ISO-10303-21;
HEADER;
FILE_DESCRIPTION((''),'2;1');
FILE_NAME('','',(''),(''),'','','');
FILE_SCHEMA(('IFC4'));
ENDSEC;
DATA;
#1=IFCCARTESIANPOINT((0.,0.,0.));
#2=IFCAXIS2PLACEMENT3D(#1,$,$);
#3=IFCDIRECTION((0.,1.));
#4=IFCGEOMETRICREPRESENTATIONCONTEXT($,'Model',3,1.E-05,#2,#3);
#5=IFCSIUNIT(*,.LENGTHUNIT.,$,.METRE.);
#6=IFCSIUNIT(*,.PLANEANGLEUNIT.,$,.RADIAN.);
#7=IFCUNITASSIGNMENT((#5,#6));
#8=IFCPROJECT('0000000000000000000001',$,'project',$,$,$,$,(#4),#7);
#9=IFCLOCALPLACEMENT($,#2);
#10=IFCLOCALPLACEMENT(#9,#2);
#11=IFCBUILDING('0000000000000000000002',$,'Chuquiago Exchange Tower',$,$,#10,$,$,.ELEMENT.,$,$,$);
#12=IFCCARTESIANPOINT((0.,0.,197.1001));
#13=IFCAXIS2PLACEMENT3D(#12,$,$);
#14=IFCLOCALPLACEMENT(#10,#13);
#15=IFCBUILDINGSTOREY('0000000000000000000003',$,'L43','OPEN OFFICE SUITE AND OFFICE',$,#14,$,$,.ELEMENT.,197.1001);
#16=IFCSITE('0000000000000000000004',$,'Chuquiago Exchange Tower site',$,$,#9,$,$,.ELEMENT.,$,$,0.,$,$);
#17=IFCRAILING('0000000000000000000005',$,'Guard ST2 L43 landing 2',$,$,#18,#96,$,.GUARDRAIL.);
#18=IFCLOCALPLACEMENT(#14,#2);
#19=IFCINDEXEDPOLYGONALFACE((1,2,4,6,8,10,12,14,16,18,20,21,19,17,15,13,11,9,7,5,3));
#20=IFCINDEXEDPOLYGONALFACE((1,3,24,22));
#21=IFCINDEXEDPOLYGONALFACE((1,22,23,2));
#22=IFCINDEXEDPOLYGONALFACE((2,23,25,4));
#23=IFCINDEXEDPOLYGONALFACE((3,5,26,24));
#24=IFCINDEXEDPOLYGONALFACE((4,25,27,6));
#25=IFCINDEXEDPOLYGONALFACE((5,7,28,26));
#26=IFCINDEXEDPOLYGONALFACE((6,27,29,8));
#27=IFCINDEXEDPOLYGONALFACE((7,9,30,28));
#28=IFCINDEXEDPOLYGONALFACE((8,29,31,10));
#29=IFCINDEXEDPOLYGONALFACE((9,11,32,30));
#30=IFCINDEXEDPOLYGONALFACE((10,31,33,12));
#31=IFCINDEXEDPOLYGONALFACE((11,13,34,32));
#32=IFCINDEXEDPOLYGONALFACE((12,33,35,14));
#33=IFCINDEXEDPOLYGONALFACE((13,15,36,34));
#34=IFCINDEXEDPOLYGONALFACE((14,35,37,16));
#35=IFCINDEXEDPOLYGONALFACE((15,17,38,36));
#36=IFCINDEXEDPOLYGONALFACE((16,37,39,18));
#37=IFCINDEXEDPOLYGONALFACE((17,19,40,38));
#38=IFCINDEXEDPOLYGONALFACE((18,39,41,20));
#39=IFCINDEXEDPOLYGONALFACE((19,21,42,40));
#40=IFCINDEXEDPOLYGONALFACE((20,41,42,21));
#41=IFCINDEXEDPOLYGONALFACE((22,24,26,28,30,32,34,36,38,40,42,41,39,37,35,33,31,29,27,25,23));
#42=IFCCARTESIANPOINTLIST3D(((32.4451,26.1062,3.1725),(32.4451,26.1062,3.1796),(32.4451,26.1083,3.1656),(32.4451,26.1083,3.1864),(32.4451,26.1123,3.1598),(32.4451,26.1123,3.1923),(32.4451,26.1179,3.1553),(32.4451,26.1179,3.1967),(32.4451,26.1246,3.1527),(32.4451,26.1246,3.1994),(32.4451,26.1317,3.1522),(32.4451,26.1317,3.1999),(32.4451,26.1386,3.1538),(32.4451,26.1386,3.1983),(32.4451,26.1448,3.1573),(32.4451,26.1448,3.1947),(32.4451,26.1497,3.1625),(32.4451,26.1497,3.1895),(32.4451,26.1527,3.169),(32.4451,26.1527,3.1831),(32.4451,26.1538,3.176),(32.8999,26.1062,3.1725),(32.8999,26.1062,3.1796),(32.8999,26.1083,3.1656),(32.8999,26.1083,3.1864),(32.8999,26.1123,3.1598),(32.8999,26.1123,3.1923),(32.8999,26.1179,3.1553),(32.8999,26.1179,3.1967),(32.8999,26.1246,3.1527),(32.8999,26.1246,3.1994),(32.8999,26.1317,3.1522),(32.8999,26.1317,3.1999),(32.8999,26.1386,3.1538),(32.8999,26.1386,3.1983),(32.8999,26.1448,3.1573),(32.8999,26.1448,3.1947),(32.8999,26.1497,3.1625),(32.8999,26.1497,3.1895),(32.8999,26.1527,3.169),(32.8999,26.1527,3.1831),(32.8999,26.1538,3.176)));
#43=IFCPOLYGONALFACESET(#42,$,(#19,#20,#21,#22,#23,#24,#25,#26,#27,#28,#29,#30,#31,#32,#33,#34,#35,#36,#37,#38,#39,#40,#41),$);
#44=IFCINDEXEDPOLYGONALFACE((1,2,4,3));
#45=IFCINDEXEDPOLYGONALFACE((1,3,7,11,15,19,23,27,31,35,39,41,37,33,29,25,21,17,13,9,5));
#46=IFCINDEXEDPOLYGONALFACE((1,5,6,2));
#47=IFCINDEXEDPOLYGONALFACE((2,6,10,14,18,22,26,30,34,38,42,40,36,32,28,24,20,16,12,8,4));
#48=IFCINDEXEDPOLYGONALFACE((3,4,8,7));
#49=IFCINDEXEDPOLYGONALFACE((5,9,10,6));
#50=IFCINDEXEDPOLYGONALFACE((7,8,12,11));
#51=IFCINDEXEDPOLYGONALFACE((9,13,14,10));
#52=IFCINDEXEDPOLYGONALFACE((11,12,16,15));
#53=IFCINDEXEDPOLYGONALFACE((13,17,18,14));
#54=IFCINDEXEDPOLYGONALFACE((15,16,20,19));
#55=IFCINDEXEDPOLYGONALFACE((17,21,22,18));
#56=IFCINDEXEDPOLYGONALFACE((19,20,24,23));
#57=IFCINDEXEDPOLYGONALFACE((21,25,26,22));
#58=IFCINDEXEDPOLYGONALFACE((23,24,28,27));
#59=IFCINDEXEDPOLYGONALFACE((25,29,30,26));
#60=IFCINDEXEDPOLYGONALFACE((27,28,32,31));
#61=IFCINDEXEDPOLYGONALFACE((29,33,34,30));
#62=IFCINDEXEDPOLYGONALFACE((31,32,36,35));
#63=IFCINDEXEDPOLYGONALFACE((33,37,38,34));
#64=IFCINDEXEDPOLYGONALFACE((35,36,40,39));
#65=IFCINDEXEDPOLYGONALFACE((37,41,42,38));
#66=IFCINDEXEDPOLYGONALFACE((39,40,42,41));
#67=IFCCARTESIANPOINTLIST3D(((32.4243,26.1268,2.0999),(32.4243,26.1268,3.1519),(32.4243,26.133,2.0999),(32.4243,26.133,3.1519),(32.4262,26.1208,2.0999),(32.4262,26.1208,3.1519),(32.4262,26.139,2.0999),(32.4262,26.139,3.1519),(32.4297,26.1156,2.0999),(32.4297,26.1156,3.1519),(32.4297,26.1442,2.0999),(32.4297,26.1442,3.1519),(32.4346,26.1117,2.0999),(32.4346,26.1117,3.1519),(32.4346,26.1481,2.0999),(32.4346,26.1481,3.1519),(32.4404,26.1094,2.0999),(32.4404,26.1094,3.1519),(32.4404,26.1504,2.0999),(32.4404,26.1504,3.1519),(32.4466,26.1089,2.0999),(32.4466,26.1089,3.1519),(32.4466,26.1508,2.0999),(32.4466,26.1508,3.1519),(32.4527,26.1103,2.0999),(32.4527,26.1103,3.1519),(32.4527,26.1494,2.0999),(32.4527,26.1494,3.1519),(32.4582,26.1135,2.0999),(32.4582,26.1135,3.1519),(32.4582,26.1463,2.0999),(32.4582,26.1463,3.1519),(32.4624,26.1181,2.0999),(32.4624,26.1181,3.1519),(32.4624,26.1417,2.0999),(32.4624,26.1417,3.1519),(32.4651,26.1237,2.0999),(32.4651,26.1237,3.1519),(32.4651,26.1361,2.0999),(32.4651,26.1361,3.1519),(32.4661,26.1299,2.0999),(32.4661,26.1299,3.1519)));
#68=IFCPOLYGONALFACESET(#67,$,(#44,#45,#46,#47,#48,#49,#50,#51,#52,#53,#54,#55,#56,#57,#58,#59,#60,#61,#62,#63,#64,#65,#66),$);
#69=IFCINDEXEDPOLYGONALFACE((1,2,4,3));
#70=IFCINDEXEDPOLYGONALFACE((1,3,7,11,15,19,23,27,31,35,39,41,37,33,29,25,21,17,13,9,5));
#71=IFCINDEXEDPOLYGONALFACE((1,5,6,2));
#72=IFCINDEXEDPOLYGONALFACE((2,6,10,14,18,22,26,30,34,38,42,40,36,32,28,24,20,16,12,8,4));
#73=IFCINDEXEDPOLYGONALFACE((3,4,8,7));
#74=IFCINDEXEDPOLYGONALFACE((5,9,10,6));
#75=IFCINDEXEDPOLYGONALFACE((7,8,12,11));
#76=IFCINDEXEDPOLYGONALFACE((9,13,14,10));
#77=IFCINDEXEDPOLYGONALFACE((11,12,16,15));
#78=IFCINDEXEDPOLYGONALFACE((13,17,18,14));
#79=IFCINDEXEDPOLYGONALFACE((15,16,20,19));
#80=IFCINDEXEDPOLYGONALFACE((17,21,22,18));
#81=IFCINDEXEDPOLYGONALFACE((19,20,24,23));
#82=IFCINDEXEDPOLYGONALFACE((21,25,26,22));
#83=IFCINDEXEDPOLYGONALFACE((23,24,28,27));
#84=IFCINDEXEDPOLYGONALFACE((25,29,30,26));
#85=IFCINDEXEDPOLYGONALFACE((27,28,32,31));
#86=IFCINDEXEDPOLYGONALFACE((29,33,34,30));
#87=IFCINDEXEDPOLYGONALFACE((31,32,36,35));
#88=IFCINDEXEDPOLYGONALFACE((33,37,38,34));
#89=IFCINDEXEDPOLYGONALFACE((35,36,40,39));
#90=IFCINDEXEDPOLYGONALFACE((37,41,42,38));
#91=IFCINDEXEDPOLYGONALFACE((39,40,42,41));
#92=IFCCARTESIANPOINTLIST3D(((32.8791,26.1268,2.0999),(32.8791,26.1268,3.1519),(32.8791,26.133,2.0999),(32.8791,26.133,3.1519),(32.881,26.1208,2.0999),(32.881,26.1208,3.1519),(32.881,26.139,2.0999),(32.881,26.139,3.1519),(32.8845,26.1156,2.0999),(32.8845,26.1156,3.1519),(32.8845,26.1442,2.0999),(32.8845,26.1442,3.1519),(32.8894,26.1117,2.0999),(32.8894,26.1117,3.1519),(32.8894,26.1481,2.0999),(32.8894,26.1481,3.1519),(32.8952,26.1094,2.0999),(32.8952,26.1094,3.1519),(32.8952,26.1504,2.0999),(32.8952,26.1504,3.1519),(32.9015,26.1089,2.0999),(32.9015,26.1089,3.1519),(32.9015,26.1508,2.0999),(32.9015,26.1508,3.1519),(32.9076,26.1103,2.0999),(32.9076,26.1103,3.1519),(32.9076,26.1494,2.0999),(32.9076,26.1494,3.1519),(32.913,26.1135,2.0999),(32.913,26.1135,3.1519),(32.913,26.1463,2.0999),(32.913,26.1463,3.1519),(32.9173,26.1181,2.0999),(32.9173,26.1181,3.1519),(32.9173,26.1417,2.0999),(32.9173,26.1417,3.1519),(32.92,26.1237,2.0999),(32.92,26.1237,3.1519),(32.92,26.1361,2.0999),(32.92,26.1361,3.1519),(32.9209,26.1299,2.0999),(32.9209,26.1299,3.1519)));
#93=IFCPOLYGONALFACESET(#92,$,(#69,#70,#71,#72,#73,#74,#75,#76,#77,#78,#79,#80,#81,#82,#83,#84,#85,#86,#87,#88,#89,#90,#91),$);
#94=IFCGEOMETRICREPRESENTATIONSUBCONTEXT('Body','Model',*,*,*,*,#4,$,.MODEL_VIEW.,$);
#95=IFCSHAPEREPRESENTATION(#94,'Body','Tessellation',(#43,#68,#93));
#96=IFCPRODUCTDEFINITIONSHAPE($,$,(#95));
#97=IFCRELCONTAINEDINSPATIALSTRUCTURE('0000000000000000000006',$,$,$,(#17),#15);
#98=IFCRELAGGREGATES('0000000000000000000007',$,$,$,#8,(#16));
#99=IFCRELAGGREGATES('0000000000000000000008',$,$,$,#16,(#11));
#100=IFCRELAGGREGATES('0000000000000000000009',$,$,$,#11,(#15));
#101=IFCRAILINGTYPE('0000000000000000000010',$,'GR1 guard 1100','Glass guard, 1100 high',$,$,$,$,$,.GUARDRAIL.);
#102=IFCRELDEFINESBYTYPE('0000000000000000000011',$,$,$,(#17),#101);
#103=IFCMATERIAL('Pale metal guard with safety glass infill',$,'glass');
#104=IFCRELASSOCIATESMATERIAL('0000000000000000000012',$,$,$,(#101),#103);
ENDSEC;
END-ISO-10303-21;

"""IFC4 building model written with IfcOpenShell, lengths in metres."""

from ifc_helpers import new_model, si_unit, direction, frame, origin, origin_2d, place, context, subcontext, project, spatial, circle, extrude, material, type_object, element, save


model = new_model("IFC4")

# Units and contexts
model_context = context("Model", 3, precision=1e-05, world=origin(), true_north=direction((0.0, 1.0)))
body_context = subcontext(model_context, "Body", "Model", "MODEL_VIEW")
ifc_project = project(units=[si_unit("LENGTHUNIT", "METRE"), si_unit("PLANEANGLEUNIT", "RADIAN")], contexts=[model_context])

# Site, building, storey
site_placement = place(None, origin())
site = spatial("IfcSite", under=ifc_project, at=site_placement, Name="Chuquiago Exchange Tower site", CompositionType="ELEMENT", RefElevation=0.0)
building_placement = place(site_placement, origin())
building = spatial("IfcBuilding", under=site, at=building_placement, Name="Chuquiago Exchange Tower", CompositionType="ELEMENT")
storey_placement = place(building_placement, frame((0.0, 0.0, 197.1001)))
storey = spatial("IfcBuildingStorey", under=building, at=storey_placement, Name="L43", Description="OPEN OFFICE SUITE AND OFFICE", CompositionType="ELEMENT", Elevation=197.1001)

# Railing
ifc_material_1 = material(Name="Pale metal guard with safety glass infill", Category="glass")
railing_type_1 = type_object("IfcRailingType", Name="GR1 guard 1100", Description="Glass guard, 1100 high", PredefinedType="GUARDRAIL", material=ifc_material_1)
railing_1_placement = place(storey_placement, frame((32.4451, 26.1299, 2.0999)))
element("IfcRailing", 1, at=railing_1_placement, inside=storey, type_object=railing_type_1, Name="Guard ST2 L43 landing 2", PredefinedType="GUARDRAIL", context=body_context, shape_type="SweptSolid", body=[
    extrude(circle(Radius=0.0239, at=origin_2d()), frame((0.0, 0.0, 1.0762), z_axis=(1.0, 0.0, 0.0), x_axis=(0.0, 1.0, 0.0)), (0.0, 0.0, 1.0), 0.4548),
    extrude(circle(Radius=0.021, at=origin_2d()), origin(), (0.0, 0.0, 1.0), 1.052),
    extrude(circle(Radius=0.021, at=origin_2d()), frame((0.4548, 0.0, 0.0)), (0.0, 0.0, 1.0), 1.052),
])

save(model, "model.ifc")
